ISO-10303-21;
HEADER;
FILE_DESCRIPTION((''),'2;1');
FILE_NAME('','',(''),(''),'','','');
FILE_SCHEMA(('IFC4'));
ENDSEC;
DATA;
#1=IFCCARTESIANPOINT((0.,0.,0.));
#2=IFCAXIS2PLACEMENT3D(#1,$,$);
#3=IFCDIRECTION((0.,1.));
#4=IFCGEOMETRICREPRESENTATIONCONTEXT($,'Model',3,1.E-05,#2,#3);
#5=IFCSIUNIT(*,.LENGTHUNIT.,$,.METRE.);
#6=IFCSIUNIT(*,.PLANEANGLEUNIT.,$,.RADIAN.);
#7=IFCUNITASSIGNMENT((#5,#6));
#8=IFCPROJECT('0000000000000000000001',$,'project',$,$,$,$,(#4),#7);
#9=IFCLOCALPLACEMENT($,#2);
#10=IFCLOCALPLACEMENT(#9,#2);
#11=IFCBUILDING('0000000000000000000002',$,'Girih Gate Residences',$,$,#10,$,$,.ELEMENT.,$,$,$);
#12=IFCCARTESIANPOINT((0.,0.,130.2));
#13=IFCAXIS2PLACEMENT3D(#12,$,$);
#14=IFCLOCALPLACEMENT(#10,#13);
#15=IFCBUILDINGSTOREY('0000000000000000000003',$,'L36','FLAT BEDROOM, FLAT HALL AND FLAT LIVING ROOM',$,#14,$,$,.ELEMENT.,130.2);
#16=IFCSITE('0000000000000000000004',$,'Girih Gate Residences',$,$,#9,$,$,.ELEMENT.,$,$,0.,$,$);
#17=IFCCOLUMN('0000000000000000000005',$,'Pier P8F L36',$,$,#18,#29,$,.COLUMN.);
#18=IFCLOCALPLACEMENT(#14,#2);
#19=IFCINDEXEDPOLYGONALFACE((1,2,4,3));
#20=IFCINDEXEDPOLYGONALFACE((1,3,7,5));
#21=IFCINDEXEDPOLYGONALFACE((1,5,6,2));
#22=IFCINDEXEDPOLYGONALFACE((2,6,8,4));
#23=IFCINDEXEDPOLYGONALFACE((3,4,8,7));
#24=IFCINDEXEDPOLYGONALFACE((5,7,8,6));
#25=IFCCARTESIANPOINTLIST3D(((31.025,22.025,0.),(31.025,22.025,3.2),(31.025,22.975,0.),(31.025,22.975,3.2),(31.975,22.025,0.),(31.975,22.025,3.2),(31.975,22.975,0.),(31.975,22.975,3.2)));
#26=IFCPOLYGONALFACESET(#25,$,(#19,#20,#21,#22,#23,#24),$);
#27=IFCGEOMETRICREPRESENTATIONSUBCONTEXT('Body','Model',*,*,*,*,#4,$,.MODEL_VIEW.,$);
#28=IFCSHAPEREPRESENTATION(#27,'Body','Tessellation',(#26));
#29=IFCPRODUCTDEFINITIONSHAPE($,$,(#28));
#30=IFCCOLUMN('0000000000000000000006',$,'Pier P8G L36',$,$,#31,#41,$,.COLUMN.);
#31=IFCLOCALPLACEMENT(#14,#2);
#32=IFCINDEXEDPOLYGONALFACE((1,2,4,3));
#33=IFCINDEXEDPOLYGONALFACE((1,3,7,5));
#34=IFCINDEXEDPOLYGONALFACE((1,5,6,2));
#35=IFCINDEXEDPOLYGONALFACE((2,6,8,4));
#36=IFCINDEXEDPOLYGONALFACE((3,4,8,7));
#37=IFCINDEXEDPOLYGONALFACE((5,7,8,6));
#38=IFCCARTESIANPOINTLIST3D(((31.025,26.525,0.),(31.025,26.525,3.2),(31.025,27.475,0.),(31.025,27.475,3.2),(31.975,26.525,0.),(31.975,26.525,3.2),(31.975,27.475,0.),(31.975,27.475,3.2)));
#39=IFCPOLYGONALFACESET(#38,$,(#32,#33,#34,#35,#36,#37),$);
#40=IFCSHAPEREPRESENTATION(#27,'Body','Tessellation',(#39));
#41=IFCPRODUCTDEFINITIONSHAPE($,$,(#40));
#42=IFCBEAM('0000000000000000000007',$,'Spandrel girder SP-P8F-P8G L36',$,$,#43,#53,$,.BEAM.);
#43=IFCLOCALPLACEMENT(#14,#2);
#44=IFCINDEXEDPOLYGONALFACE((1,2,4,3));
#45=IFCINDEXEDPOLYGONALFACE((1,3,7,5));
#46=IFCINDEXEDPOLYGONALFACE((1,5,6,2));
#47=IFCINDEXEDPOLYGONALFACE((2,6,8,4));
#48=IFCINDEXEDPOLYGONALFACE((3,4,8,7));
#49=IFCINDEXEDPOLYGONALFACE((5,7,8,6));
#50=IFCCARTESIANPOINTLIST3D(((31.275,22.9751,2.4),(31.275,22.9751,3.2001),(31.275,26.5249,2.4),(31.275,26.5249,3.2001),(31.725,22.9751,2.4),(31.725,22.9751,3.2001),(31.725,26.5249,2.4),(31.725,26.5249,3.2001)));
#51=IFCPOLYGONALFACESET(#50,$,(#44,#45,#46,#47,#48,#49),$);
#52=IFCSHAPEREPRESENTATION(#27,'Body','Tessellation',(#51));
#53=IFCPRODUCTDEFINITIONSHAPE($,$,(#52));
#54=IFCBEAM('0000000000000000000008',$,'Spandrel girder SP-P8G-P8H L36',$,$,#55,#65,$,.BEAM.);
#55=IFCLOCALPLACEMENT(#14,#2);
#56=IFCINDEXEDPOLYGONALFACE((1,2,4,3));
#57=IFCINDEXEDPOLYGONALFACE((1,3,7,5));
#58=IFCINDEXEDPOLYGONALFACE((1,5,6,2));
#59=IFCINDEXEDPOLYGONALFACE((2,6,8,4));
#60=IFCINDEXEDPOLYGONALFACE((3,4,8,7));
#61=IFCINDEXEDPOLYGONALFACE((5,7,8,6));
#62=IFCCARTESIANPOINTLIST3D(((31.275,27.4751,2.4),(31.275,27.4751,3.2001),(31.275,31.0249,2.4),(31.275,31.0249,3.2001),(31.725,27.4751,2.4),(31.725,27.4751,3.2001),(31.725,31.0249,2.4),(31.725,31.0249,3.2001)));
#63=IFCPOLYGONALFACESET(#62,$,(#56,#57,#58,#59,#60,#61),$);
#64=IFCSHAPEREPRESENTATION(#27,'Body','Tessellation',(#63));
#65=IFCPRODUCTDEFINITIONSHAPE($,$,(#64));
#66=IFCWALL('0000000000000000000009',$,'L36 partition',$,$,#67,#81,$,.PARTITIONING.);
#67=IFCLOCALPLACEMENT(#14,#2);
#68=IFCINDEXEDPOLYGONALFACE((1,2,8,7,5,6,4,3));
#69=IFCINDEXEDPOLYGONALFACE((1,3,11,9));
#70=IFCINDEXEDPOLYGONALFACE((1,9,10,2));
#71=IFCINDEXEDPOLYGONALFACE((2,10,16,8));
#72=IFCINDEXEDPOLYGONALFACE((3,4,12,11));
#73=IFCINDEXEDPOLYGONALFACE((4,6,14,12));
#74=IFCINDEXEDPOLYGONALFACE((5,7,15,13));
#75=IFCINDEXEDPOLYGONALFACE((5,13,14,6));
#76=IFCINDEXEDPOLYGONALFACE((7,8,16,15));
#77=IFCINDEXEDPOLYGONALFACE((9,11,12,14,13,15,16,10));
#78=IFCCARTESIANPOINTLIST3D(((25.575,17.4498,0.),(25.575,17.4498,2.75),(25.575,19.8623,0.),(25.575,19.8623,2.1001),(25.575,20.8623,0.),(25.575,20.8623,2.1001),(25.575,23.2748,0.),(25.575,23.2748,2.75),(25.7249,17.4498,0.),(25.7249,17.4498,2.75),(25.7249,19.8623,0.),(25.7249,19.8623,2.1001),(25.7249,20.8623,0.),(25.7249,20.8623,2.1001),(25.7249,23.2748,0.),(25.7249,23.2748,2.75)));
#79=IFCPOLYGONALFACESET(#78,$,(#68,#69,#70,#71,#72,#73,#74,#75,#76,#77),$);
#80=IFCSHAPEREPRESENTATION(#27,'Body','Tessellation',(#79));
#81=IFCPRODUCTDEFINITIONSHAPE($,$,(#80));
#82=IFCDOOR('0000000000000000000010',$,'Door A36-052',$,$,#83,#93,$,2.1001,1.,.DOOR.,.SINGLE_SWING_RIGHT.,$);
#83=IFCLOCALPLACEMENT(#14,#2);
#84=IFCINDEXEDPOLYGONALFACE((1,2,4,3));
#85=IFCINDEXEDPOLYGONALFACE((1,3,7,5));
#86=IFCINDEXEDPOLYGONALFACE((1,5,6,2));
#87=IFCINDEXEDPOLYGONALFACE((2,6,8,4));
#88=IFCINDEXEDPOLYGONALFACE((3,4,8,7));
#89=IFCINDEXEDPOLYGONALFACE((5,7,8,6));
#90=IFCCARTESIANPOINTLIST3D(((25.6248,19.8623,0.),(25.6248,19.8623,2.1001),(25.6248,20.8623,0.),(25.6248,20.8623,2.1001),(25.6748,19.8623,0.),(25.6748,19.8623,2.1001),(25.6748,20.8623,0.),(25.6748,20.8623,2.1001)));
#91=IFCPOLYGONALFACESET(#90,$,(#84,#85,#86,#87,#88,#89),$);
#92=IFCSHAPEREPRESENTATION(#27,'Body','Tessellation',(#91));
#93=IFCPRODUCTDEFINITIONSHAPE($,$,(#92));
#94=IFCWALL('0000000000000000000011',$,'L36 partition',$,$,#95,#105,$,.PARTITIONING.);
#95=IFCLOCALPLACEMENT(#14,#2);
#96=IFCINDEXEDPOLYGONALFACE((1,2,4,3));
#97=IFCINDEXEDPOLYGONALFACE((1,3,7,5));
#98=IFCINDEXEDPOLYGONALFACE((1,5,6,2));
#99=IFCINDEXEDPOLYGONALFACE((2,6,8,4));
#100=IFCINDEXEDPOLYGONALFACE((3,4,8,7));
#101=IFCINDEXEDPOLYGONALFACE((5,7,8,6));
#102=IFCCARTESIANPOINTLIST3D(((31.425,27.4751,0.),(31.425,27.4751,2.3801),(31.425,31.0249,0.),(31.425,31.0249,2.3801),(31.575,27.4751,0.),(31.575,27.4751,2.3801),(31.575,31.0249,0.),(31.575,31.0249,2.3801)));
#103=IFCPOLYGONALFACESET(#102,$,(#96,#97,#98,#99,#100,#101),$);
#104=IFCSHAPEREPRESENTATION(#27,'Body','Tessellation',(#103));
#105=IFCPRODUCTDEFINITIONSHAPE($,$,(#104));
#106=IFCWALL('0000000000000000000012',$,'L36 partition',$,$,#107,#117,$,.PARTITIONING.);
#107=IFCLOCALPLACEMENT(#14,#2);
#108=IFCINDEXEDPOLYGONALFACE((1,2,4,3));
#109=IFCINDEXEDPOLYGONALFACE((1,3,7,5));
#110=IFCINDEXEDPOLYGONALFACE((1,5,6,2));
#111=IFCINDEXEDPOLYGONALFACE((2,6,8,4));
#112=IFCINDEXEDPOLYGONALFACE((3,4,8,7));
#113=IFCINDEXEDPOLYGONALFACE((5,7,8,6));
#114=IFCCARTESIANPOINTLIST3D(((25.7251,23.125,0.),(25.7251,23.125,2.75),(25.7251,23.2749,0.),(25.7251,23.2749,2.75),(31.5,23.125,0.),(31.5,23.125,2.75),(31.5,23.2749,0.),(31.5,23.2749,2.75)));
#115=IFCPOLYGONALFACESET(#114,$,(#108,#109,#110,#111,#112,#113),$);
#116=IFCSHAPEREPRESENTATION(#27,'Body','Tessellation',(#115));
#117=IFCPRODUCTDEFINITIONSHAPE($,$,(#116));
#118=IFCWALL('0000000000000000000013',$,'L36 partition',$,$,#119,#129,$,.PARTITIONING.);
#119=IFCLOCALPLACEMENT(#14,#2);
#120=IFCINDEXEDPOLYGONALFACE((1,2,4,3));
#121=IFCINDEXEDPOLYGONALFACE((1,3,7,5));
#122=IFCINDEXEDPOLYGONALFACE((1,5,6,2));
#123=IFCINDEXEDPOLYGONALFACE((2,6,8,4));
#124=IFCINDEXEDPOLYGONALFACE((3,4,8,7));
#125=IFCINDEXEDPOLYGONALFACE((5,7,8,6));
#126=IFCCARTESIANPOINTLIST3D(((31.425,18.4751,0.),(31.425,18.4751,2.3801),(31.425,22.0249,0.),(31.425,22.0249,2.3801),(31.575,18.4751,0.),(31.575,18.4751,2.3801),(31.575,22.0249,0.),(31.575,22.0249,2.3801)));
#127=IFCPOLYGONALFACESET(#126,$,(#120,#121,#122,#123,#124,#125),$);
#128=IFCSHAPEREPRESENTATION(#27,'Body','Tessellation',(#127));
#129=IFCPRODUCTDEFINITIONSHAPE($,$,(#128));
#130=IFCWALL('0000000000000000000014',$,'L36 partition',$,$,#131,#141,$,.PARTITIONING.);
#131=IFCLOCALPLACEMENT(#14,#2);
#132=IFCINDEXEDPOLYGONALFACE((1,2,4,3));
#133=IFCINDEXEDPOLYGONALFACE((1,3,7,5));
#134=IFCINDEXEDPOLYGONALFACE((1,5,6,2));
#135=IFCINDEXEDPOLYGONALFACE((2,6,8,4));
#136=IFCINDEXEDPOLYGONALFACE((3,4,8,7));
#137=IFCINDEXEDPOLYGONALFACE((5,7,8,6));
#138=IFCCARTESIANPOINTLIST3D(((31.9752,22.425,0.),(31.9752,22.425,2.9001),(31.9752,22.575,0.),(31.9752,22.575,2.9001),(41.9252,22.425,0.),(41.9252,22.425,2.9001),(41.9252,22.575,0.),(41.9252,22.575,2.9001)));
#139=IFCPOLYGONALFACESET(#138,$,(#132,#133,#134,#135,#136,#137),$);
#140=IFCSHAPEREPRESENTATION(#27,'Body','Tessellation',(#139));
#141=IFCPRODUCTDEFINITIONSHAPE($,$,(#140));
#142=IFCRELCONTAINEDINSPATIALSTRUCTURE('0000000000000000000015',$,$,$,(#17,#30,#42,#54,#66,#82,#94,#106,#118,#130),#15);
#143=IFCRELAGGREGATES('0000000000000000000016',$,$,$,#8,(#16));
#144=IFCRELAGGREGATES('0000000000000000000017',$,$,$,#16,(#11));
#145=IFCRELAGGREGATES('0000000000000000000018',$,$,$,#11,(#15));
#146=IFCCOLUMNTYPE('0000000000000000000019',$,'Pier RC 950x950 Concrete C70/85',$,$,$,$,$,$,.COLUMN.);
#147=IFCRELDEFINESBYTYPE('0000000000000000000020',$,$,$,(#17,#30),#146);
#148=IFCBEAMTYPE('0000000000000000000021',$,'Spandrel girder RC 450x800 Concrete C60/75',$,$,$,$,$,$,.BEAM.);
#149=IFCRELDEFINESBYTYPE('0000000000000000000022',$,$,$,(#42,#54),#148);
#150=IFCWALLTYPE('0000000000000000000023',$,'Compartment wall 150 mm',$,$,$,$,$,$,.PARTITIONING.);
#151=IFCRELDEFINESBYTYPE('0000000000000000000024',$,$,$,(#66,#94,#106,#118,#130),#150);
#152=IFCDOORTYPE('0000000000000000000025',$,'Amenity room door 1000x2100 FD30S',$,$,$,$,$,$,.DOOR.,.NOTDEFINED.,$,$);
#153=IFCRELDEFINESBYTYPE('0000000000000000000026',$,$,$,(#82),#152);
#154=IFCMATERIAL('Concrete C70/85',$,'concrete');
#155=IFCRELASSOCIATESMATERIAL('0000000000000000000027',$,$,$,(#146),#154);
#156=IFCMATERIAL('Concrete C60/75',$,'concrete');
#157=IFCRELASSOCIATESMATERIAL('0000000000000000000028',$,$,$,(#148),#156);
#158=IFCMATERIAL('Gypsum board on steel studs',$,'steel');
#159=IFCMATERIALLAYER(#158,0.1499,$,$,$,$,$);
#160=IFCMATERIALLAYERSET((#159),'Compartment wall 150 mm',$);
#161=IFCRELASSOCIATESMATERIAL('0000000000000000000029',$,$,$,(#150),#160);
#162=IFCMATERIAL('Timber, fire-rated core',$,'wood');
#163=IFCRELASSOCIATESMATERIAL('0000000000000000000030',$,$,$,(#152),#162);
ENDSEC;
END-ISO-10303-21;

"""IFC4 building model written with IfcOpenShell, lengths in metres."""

from ifc_helpers import new_model, si_unit, direction, frame, frame_2d, origin, origin_2d, place, context, subcontext, project, spatial, rectangle, extrude, material, layer, layer_set, material_profile, profile_set, type_object, element, fill, save


model = new_model("IFC4")

# Units and contexts
model_context = context("Model", 3, precision=1e-05, world=origin(), true_north=direction((0.0, 1.0)))
body_context = subcontext(model_context, "Body", "Model", "MODEL_VIEW")
ifc_project = project(units=[si_unit("LENGTHUNIT", "METRE"), si_unit("PLANEANGLEUNIT", "RADIAN")], contexts=[model_context])

# Site, building, storey
site_placement = place(None, origin())
site = spatial("IfcSite", under=ifc_project, at=site_placement, Name="Girih Gate Residences", CompositionType="ELEMENT", RefElevation=0.0)
building_placement = place(site_placement, origin())
building = spatial("IfcBuilding", under=site, at=building_placement, Name="Girih Gate Residences", CompositionType="ELEMENT")
storey_placement = place(building_placement, frame((0.0, 0.0, 130.2)))
storey = spatial("IfcBuildingStorey", under=building, at=storey_placement, Name="L36", Description="FLAT BEDROOM, FLAT HALL AND FLAT LIVING ROOM", CompositionType="ELEMENT", Elevation=130.2)

# Columns
ifc_material_1 = material(Name="Concrete C70/85", Category="concrete")
ifc_material_profile_1 = material_profile(ifc_material_1, rectangle(XDim=0.95, YDim=0.95, at=origin_2d()))
ifc_profile_set_1 = profile_set([ifc_material_profile_1], Name="Concrete C70/85")
column_type = type_object("IfcColumnType", Name="Pier RC 950x950 Concrete C70/85", PredefinedType="COLUMN", material=ifc_profile_set_1)
for number, where, z_axis, x_axis, name in (
    (1, (31.5, 22.5, 0.0), (0.0, 0.0, 1.0), (1.0, 0.0, 0.0), "Pier P8F L36"),
    (2, (31.5, 27.0, 0.0), (0.0, 0.0, 1.0), (1.0, 0.0, 0.0), "Pier P8G L36"),
):
    element("IfcColumn", number, at=place(storey_placement, frame(where, z_axis=z_axis, x_axis=x_axis)), inside=storey, type_object=column_type, Name=name, PredefinedType="COLUMN", context=body_context, shape_type="SweptSolid", body=[
        extrude(rectangle(XDim=0.95, YDim=0.95, at=origin_2d()), origin(), (0.0, 0.0, 1.0), 3.2),
    ])

# Beams
ifc_material_2 = material(Name="Concrete C60/75", Category="concrete")
ifc_material_profile_2 = material_profile(ifc_material_2, rectangle(XDim=0.45, YDim=0.8, at=origin_2d()))
ifc_profile_set_2 = profile_set([ifc_material_profile_2], Name="Concrete C60/75")
beam_type = type_object("IfcBeamType", Name="Spandrel girder RC 450x800 Concrete C60/75", PredefinedType="BEAM", material=ifc_profile_set_2)
for number, where, z_axis, x_axis, name in (
    (3, (31.5, 22.9751, 2.8), (0.0, 1.0, 0.0), (-1.0, 0.0, 0.0), "Spandrel girder SP-P8F-P8G L36"),
    (4, (31.5, 27.4751, 2.8), (0.0, 1.0, 0.0), (-1.0, 0.0, 0.0), "Spandrel girder SP-P8G-P8H L36"),
):
    element("IfcBeam", number, at=place(storey_placement, frame(where, z_axis=z_axis, x_axis=x_axis)), inside=storey, type_object=beam_type, Name=name, PredefinedType="BEAM", context=body_context, shape_type="SweptSolid", body=[
        extrude(rectangle(XDim=0.45, YDim=0.8, at=origin_2d()), origin(), (0.0, 0.0, 1.0), 3.5498),
    ])

# Wall, opening, door
ifc_material_3 = material(Name="Gypsum board on steel studs", Category="steel")
ifc_layer_1 = layer(ifc_material_3, 0.1499)
ifc_layer_set_1 = layer_set([ifc_layer_1], Name="Compartment wall 150 mm")
wall_type_1 = type_object("IfcWallType", Name="Compartment wall 150 mm", PredefinedType="PARTITIONING", material=ifc_layer_set_1)
wall_1_placement = place(storey_placement, frame((25.6499, 23.2749, 0.0), z_axis=(0.0, 0.0, 1.0), x_axis=(0.0, -1.0, 0.0)))
wall_1 = element("IfcWall", 5, at=wall_1_placement, inside=storey, type_object=wall_type_1, Name="L36 partition", PredefinedType="PARTITIONING", context=body_context, shape_type="SweptSolid", body=[
    extrude(rectangle(XDim=5.825, YDim=0.1499, at=frame_2d((2.9126, 0.0))), origin(), (0.0, 0.0, 1.0), 2.75),
])
opening_1_placement = place(wall_1_placement, frame((2.4126, 0.0, 0.0)))
opening_1 = element("IfcOpeningElement", 6, at=opening_1_placement, cuts=wall_1, PredefinedType="OPENING", context=body_context, shape_type="SweptSolid", body=[
    extrude(rectangle(XDim=1.0, YDim=2.1001, at=frame_2d((0.5, 1.05))), frame((0.0, 0.085, 0.0), z_axis=(0.0, -1.0, 0.0), x_axis=(1.0, 0.0, 0.0)), (0.0, 0.0, 1.0), 0.1699),
])
ifc_material_4 = material(Name="Timber, fire-rated core", Category="wood")
door_type_1 = type_object("IfcDoorType", Name="Amenity room door 1000x2100 FD30S", OperationType="NOTDEFINED", PredefinedType="DOOR", material=ifc_material_4)
door_1_placement = place(opening_1_placement, origin())
door_1 = element("IfcDoor", 7, at=door_1_placement, inside=storey, type_object=door_type_1, Name="Door A36-052", OperationType="SINGLE_SWING_RIGHT", OverallHeight=2.1001, OverallWidth=1.0, PredefinedType="DOOR", context=body_context, shape_type="SweptSolid", body=[
    extrude(rectangle(XDim=1.0, YDim=2.1001, at=frame_2d((0.5, 1.05))), frame((0.0, 0.0249, 0.0), z_axis=(0.0, -1.0, 0.0), x_axis=(1.0, 0.0, 0.0)), (0.0, 0.0, 1.0), 0.05),
])
fill(opening_1, door_1)

# Walls
wall_2_placement = place(storey_placement, frame((31.5, 27.4751, 0.0), z_axis=(0.0, 0.0, 1.0), x_axis=(0.0, 1.0, 0.0)))
element("IfcWall", 8, at=wall_2_placement, inside=storey, type_object=wall_type_1, Name="L36 partition", PredefinedType="PARTITIONING", context=body_context, shape_type="SweptSolid", body=[
    extrude(rectangle(XDim=3.5498, YDim=0.1499, at=frame_2d((1.7749, 0.0))), origin(), (0.0, 0.0, 1.0), 2.3801),
])
wall_3_placement = place(storey_placement, frame((25.7251, 23.2, 0.0), z_axis=(0.0, 0.0, 1.0), x_axis=(1.0, 0.0, 0.0)))
element("IfcWall", 9, at=wall_3_placement, inside=storey, type_object=wall_type_1, Name="L36 partition", PredefinedType="PARTITIONING", context=body_context, shape_type="SweptSolid", body=[
    extrude(rectangle(XDim=5.7749, YDim=0.1499, at=frame_2d((2.8875, 0.0))), origin(), (0.0, 0.0, 1.0), 2.75),
])
wall_4_placement = place(storey_placement, frame((31.5, 18.4751, 0.0), z_axis=(0.0, 0.0, 1.0), x_axis=(0.0, 1.0, 0.0)))
element("IfcWall", 10, at=wall_4_placement, inside=storey, type_object=wall_type_1, Name="L36 partition", PredefinedType="PARTITIONING", context=body_context, shape_type="SweptSolid", body=[
    extrude(rectangle(XDim=3.5498, YDim=0.1499, at=frame_2d((1.7749, 0.0))), origin(), (0.0, 0.0, 1.0), 2.3801),
])
wall_5_placement = place(storey_placement, frame((31.9751, 22.5, 0.0), z_axis=(0.0, 0.0, 1.0), x_axis=(1.0, 0.0, 0.0)))
element("IfcWall", 11, at=wall_5_placement, inside=storey, type_object=wall_type_1, Name="L36 partition", PredefinedType="PARTITIONING", context=body_context, shape_type="SweptSolid", body=[
    extrude(rectangle(XDim=9.95, YDim=0.1499, at=frame_2d((4.9751, 0.0))), origin(), (0.0, 0.0, 1.0), 2.9001),
])

save(model, "model.ifc")
